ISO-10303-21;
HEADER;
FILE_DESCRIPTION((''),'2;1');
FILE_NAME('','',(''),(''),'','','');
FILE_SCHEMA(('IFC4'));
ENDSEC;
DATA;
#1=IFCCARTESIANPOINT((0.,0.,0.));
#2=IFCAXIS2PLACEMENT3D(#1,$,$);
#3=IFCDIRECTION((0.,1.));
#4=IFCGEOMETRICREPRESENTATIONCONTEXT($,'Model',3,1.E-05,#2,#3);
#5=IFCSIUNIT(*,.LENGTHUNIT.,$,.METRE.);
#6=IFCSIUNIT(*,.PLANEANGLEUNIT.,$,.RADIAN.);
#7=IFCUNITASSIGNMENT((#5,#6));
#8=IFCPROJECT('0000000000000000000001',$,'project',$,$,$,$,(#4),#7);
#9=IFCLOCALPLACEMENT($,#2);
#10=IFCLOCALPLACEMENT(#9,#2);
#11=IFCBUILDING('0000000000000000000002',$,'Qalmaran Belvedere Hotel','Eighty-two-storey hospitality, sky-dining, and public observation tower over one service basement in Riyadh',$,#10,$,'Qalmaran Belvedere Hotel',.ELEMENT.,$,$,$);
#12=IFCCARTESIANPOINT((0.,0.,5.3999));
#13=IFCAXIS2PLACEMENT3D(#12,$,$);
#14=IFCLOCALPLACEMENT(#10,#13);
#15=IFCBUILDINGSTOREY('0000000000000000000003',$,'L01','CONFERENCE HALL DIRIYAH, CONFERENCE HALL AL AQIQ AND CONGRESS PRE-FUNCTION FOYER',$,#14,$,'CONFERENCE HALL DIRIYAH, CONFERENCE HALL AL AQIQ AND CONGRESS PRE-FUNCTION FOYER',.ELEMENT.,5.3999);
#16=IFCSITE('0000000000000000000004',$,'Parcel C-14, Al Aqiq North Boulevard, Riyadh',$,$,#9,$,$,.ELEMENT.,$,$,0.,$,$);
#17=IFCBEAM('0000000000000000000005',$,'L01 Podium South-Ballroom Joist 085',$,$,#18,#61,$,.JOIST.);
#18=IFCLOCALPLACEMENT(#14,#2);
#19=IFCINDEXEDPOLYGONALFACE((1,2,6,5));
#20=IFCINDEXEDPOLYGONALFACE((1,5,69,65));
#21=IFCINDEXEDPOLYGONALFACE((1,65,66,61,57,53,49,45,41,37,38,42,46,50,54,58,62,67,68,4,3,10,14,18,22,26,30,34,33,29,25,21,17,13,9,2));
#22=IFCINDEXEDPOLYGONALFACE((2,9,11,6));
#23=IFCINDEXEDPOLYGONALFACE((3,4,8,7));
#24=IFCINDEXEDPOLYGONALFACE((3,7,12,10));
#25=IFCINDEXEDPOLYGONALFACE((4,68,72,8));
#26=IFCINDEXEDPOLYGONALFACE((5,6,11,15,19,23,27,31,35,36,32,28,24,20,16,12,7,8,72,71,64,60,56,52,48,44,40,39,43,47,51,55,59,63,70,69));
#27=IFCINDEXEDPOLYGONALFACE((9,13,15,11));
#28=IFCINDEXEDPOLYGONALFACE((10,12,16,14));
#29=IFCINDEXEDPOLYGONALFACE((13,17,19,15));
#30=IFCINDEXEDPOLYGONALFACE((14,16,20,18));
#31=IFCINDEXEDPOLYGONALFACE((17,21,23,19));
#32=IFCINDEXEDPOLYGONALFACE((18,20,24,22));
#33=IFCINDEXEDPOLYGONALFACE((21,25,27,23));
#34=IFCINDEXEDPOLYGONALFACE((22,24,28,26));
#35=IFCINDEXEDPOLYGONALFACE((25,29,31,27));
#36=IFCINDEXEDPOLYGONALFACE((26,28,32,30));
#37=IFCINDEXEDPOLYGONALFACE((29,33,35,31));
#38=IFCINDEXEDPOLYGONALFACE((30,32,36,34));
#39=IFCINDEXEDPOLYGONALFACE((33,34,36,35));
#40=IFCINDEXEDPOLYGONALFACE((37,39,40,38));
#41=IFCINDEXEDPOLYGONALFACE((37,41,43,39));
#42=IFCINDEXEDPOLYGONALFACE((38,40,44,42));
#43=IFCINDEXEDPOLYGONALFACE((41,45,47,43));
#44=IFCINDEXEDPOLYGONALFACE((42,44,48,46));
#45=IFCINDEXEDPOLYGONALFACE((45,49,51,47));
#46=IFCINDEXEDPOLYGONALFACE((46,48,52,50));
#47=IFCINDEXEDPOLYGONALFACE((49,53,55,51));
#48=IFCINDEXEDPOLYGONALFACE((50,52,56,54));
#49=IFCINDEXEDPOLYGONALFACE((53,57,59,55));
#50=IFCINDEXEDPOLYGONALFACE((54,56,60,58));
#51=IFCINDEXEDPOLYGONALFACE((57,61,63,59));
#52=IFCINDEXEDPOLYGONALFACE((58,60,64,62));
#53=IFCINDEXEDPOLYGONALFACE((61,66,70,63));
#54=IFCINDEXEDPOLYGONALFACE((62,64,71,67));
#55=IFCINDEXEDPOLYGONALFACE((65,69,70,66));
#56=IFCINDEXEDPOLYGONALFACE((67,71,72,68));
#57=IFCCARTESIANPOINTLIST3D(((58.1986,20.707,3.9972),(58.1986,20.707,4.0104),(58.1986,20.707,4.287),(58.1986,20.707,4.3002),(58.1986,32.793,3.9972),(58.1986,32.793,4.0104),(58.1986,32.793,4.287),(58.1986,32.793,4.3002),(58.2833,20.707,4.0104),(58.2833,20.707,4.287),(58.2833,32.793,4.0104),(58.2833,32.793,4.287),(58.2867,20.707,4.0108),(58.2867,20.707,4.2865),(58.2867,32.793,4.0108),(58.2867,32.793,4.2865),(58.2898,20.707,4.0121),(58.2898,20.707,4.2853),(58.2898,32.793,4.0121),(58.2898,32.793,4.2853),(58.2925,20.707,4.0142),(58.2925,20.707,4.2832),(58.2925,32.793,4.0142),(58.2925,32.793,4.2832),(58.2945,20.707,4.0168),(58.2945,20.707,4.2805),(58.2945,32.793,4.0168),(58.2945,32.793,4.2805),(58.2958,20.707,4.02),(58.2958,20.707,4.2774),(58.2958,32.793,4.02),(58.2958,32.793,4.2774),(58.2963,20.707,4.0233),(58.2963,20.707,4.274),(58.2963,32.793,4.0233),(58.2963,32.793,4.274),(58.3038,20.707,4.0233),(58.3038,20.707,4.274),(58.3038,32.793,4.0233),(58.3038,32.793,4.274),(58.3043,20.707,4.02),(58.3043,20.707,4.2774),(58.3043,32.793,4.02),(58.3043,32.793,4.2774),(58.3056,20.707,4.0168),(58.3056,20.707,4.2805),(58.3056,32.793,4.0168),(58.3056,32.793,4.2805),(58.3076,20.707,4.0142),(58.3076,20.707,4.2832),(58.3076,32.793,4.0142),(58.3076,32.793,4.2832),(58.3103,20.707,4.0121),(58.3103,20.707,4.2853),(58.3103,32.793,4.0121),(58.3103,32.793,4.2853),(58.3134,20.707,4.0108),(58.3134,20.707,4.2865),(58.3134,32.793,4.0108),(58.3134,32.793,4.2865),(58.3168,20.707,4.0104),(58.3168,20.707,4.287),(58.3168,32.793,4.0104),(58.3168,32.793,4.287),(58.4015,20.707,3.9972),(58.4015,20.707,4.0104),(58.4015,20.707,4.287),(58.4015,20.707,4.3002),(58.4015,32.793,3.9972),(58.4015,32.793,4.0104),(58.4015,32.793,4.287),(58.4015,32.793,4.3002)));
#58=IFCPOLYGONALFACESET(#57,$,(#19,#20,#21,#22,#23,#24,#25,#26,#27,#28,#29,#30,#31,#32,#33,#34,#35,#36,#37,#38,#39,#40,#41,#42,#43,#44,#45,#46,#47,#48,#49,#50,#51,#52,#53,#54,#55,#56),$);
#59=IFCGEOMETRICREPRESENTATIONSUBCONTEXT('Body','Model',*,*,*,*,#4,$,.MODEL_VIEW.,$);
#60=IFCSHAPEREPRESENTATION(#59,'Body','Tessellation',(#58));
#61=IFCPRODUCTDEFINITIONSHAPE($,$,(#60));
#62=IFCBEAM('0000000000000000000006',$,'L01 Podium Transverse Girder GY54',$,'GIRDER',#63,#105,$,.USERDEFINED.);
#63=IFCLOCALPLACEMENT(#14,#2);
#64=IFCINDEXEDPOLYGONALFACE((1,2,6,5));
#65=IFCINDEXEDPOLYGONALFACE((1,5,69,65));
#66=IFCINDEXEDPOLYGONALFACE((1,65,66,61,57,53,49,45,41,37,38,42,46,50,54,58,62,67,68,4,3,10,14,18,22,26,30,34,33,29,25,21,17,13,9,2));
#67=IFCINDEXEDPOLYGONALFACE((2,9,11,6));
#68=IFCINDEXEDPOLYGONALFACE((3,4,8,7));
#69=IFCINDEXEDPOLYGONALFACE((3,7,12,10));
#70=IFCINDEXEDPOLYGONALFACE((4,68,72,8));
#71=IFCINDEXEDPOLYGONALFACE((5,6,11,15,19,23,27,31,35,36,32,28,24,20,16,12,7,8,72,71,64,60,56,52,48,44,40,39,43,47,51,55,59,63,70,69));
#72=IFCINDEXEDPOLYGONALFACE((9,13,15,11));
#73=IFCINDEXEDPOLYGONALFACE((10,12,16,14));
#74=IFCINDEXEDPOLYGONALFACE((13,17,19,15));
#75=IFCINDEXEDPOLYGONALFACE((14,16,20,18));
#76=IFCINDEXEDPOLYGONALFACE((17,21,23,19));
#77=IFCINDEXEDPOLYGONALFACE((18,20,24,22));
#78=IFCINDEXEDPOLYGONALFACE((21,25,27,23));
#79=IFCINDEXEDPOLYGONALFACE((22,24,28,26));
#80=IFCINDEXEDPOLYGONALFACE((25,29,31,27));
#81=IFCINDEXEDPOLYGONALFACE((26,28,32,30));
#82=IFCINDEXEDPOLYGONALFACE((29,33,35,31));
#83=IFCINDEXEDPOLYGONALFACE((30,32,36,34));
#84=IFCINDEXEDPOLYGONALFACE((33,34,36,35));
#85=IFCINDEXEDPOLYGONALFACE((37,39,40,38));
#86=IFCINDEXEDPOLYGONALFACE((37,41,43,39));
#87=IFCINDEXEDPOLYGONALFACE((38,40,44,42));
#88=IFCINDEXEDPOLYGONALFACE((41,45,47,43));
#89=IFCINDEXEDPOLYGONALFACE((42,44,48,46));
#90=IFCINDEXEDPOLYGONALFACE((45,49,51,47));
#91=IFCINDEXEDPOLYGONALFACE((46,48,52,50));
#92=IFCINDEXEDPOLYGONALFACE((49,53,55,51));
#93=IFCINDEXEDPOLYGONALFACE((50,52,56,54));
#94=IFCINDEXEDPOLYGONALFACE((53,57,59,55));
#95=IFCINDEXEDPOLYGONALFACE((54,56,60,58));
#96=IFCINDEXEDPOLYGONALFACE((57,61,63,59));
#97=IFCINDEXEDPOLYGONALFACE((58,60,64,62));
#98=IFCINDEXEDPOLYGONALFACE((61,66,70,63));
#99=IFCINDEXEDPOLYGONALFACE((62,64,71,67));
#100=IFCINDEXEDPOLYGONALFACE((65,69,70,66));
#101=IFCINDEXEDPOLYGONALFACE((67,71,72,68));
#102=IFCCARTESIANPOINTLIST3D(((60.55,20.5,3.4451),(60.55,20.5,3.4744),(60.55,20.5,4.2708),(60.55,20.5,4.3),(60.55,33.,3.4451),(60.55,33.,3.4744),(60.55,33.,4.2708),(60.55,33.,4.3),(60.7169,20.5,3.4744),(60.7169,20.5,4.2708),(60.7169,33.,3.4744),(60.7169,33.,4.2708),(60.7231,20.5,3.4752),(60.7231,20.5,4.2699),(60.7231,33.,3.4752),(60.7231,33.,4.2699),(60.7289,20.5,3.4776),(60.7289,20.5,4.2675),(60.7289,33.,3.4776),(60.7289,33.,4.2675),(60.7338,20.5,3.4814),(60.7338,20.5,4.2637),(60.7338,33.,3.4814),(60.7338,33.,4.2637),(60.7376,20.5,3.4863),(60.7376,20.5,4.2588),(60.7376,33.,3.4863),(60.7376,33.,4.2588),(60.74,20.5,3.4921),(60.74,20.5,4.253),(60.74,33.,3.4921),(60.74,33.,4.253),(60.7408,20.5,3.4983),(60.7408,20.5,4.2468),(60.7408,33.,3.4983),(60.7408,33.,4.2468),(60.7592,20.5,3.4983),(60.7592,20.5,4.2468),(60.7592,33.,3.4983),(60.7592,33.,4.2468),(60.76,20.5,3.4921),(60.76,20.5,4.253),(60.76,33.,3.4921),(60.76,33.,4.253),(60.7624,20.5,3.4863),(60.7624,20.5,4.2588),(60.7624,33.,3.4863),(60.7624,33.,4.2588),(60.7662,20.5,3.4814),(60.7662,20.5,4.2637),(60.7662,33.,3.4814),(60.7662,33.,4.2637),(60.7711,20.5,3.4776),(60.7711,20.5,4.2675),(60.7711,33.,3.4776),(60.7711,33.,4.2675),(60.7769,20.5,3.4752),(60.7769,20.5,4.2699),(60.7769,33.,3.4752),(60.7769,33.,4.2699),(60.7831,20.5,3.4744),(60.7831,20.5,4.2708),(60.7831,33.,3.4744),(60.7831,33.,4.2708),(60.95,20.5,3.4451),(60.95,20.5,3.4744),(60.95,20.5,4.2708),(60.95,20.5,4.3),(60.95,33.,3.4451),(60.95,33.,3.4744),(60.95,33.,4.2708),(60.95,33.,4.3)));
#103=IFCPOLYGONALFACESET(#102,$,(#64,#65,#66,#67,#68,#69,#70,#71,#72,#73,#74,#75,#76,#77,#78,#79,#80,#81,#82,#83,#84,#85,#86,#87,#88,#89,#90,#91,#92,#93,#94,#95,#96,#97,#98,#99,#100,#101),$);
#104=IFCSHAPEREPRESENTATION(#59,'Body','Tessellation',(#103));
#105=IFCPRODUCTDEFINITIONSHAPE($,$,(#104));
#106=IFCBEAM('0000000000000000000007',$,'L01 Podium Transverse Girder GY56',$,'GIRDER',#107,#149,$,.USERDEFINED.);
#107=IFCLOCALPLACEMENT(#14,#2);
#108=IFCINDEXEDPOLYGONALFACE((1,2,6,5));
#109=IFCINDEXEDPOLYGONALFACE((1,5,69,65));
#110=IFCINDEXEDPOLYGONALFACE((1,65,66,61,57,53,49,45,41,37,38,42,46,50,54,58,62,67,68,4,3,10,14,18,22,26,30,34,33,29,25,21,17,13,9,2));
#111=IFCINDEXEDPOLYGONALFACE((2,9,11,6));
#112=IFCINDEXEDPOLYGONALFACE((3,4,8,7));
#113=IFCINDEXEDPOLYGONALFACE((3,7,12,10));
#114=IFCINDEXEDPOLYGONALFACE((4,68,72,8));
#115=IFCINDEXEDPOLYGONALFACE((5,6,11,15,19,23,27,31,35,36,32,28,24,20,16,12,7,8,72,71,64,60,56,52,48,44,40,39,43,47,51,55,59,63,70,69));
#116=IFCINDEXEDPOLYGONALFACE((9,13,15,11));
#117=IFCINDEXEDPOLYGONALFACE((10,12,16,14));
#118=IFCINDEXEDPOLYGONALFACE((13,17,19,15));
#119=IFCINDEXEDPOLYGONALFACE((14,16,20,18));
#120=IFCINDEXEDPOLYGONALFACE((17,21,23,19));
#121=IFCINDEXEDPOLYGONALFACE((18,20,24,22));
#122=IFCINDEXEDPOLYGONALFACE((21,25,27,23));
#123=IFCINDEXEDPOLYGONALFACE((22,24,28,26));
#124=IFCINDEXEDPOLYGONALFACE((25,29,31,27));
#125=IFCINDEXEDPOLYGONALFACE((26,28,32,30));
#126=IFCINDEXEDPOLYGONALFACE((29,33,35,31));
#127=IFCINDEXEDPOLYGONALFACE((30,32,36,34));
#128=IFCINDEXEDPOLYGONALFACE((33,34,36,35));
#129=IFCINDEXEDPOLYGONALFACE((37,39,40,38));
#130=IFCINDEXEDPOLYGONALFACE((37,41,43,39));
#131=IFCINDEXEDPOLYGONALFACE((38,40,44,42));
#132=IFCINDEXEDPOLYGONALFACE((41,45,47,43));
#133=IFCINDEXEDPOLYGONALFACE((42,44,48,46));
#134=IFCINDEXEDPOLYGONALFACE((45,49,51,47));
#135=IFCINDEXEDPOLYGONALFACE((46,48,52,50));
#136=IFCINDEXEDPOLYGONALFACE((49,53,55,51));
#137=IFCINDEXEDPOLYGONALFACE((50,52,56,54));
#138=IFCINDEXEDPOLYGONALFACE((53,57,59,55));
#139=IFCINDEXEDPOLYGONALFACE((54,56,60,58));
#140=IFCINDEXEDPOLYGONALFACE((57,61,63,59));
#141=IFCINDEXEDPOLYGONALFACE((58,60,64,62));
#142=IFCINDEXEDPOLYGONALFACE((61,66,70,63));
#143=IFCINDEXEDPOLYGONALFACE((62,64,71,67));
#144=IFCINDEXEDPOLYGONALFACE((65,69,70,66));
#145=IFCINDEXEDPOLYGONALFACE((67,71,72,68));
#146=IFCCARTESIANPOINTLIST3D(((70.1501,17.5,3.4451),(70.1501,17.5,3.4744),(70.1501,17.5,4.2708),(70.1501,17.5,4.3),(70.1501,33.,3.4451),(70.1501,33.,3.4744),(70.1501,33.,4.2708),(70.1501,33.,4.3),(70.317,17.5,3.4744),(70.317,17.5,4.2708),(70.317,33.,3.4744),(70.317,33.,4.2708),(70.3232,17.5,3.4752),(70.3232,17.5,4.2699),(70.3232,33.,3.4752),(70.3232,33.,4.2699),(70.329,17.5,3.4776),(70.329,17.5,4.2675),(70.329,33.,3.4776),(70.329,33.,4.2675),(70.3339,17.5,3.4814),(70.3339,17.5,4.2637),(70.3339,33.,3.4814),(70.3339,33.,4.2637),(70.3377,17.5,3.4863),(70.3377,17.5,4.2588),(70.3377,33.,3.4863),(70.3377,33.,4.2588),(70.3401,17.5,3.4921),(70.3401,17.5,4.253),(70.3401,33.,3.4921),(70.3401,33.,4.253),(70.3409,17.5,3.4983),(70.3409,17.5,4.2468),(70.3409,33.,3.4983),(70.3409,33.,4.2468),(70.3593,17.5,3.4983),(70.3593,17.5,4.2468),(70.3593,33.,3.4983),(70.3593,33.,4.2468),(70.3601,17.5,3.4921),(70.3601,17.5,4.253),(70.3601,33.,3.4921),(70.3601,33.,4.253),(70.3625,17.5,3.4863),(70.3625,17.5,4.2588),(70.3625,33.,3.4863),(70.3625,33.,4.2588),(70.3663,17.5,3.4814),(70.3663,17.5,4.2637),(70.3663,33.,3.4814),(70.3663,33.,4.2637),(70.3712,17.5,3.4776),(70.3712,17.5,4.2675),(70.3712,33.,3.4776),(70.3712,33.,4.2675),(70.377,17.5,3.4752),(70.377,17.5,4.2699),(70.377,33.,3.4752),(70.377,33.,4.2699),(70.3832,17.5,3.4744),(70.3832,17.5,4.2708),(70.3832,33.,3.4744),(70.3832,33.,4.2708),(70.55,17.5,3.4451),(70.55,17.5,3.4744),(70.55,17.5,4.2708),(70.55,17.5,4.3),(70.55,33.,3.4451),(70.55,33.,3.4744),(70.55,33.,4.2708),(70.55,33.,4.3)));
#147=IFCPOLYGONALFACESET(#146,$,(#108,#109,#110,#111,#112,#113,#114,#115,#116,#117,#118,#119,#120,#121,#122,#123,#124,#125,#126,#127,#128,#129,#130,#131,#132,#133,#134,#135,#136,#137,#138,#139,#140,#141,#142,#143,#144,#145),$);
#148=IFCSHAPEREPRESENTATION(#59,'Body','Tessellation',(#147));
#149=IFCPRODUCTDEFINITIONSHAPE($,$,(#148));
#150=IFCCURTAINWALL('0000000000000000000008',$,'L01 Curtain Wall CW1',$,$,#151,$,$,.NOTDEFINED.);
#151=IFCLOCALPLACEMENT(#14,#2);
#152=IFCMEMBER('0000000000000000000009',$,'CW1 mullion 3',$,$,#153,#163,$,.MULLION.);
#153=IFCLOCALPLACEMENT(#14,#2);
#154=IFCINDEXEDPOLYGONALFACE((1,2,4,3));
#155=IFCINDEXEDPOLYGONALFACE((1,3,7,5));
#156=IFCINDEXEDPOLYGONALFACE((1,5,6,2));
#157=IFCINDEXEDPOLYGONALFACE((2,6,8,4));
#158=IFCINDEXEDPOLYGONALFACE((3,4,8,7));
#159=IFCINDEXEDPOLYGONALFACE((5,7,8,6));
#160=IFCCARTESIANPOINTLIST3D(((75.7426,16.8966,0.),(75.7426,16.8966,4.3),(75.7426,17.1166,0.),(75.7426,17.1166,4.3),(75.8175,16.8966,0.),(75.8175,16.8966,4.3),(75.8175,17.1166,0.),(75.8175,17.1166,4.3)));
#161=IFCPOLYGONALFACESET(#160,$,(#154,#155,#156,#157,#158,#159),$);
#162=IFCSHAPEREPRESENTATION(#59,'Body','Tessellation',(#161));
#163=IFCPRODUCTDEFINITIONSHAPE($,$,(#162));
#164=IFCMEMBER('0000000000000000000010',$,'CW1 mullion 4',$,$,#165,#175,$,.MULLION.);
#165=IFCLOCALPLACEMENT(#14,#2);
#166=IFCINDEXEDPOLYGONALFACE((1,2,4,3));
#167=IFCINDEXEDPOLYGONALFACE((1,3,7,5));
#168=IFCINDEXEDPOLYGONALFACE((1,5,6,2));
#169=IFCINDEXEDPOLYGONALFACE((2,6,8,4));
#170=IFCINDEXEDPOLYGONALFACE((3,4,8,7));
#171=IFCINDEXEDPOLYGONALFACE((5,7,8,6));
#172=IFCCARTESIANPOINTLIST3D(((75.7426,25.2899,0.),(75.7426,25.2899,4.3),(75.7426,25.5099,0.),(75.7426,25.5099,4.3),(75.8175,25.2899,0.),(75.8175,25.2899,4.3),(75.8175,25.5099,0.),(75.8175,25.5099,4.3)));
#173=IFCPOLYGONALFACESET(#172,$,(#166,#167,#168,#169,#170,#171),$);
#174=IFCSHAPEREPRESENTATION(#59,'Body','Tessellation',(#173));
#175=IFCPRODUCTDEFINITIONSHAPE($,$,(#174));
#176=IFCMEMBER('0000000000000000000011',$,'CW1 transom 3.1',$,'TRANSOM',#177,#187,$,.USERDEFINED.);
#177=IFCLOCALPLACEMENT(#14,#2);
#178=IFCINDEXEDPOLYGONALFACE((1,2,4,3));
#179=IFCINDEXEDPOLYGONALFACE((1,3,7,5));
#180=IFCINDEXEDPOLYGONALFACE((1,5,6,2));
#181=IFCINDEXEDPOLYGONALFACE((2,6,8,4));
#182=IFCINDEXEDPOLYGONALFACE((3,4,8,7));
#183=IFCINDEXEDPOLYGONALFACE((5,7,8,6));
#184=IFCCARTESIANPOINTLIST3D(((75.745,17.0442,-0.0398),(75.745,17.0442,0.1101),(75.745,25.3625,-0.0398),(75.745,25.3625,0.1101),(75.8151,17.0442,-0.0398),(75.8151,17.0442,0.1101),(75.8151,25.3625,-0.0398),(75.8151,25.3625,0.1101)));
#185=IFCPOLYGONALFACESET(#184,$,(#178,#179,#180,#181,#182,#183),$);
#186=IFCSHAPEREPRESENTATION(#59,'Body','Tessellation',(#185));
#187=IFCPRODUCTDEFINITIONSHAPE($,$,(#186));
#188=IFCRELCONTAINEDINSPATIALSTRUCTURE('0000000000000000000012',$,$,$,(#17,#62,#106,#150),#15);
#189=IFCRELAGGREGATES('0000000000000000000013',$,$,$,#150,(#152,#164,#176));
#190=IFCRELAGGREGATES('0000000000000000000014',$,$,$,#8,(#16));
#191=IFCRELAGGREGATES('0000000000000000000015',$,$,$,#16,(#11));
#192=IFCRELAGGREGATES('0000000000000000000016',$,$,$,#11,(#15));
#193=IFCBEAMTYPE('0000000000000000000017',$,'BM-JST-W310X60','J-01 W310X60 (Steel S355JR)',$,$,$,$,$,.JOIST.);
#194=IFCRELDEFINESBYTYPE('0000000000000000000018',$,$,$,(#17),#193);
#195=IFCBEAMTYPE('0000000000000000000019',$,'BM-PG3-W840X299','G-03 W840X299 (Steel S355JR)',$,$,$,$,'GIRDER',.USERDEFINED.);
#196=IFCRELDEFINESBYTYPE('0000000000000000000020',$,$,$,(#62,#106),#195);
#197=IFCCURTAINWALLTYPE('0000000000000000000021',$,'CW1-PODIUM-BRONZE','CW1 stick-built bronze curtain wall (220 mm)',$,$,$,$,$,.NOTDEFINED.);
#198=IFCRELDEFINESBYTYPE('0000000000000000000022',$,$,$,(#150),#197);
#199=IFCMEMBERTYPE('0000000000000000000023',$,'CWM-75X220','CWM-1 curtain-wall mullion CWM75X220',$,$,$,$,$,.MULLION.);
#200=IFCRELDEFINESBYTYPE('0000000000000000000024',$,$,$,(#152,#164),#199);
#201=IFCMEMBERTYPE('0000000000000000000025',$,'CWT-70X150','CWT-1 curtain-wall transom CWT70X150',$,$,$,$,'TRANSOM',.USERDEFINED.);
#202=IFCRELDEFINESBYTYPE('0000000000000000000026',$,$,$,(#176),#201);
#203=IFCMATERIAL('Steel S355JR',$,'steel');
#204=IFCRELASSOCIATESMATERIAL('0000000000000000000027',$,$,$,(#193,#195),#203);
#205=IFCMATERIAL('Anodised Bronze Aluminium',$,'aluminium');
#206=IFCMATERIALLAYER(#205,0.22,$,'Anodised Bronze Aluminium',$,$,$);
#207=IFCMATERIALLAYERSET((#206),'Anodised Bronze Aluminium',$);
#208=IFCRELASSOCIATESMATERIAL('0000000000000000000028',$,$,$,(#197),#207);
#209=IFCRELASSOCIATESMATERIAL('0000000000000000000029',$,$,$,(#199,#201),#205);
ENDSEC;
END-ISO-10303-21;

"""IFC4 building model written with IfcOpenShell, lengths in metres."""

from ifc_helpers import new_model, si_unit, direction, frame, origin, origin_2d, place, context, subcontext, project, spatial, rectangle, i_section, extrude, material, layer, layer_set, material_profile, profile_set, type_object, element, aggregate, save


model = new_model("IFC4")

# Units and contexts
model_context = context("Model", 3, precision=1e-05, world=origin(), true_north=direction((0.0, 1.0)))
body_context = subcontext(model_context, "Body", "Model", "MODEL_VIEW")
ifc_project = project(units=[si_unit("LENGTHUNIT", "METRE"), si_unit("PLANEANGLEUNIT", "RADIAN")], contexts=[model_context])

# Site, building, storey
site_placement = place(None, origin())
site = spatial("IfcSite", under=ifc_project, at=site_placement, Name="Parcel C-14, Al Aqiq North Boulevard, Riyadh", CompositionType="ELEMENT", RefElevation=0.0)
building_placement = place(site_placement, origin())
building = spatial("IfcBuilding", under=site, at=building_placement, Name="Qalmaran Belvedere Hotel", Description="Eighty-two-storey hospitality, sky-dining, and public observation tower over one service basement in Riyadh", LongName="Qalmaran Belvedere Hotel", CompositionType="ELEMENT")
storey_placement = place(building_placement, frame((0.0, 0.0, 5.3999)))
storey = spatial("IfcBuildingStorey", under=building, at=storey_placement, Name="L01", Description="CONFERENCE HALL DIRIYAH, CONFERENCE HALL AL AQIQ AND CONGRESS PRE-FUNCTION FOYER", LongName="CONFERENCE HALL DIRIYAH, CONFERENCE HALL AL AQIQ AND CONGRESS PRE-FUNCTION FOYER", CompositionType="ELEMENT", Elevation=5.3999)

# Beams
ifc_material_1 = material(Name="Steel S355JR", Category="steel")
ifc_material_profile_1 = material_profile(ifc_material_1, i_section(OverallWidth=0.2029, OverallDepth=0.303, WebThickness=0.0076, FlangeThickness=0.0132, FilletRadius=0.0129, at=origin_2d()), Name="W310X60")
ifc_profile_set_1 = profile_set([ifc_material_profile_1], Name="Steel S355JR")
beam_type_1 = type_object("IfcBeamType", Name="BM-JST-W310X60", Description="J-01 W310X60 (Steel S355JR)", PredefinedType="JOIST", material=ifc_profile_set_1)
for number, where, z_axis, x_axis, name in (
    (1, (58.3, 20.707, 4.1487), (0.0, 1.0, 0.0), (-1.0, 0.0, 0.0), "L01 Podium South-Ballroom Joist 085"),
):
    element("IfcBeam", number, at=place(storey_placement, frame(where, z_axis=z_axis, x_axis=x_axis)), inside=storey, type_object=beam_type_1, Name=name, PredefinedType="JOIST", context=body_context, shape_type="SweptSolid", body=[
        extrude(i_section(OverallWidth=0.2029, OverallDepth=0.303, WebThickness=0.0076, FlangeThickness=0.0132, FilletRadius=0.0129, at=origin_2d()), origin(), (0.0, 0.0, 1.0), 12.0859),
    ])
ifc_material_profile_2 = material_profile(ifc_material_1, i_section(OverallWidth=0.3999, OverallDepth=0.855, WebThickness=0.0183, FlangeThickness=0.0293, FilletRadius=0.0239, at=origin_2d()), Name="W840X299")
ifc_profile_set_2 = profile_set([ifc_material_profile_2], Name="Steel S355JR")
beam_type_2 = type_object("IfcBeamType", Name="BM-PG3-W840X299", Description="G-03 W840X299 (Steel S355JR)", ElementType="GIRDER", PredefinedType="USERDEFINED", material=ifc_profile_set_2)
beam_1_placement = place(storey_placement, frame((60.75, 20.5, 3.8726), z_axis=(0.0, 1.0, 0.0), x_axis=(-1.0, 0.0, 0.0)))
element("IfcBeam", 2, at=beam_1_placement, inside=storey, type_object=beam_type_2, Name="L01 Podium Transverse Girder GY54", ObjectType="GIRDER", PredefinedType="USERDEFINED", context=body_context, shape_type="SweptSolid", body=[
    extrude(i_section(OverallWidth=0.3999, OverallDepth=0.855, WebThickness=0.0183, FlangeThickness=0.0293, FilletRadius=0.0239, at=origin_2d()), origin(), (0.0, 0.0, 1.0), 12.5),
])
beam_2_placement = place(storey_placement, frame((70.3501, 17.5, 3.8726), z_axis=(0.0, 1.0, 0.0), x_axis=(-1.0, 0.0, 0.0)))
element("IfcBeam", 3, at=beam_2_placement, inside=storey, type_object=beam_type_2, Name="L01 Podium Transverse Girder GY56", ObjectType="GIRDER", PredefinedType="USERDEFINED", context=body_context, shape_type="SweptSolid", body=[
    extrude(i_section(OverallWidth=0.3999, OverallDepth=0.855, WebThickness=0.0183, FlangeThickness=0.0293, FilletRadius=0.0239, at=origin_2d()), origin(), (0.0, 0.0, 1.0), 15.5),
])

# Curtain wall, members
ifc_material_2 = material(Name="Anodised Bronze Aluminium", Category="aluminium")
ifc_layer_1 = layer(ifc_material_2, 0.22, Name="Anodised Bronze Aluminium")
ifc_layer_set_1 = layer_set([ifc_layer_1], Name="Anodised Bronze Aluminium")
curtain_wall_type = type_object("IfcCurtainWallType", Name="CW1-PODIUM-BRONZE", Description="CW1 stick-built bronze curtain wall (220 mm)", PredefinedType="NOTDEFINED", material=ifc_layer_set_1)
curtain_wall_placement = place(storey_placement, origin())
curtain_wall = element("IfcCurtainWall", 4, at=curtain_wall_placement, inside=storey, type_object=curtain_wall_type, Name="L01 Curtain Wall CW1", PredefinedType="NOTDEFINED")
ifc_material_profile_3 = material_profile(ifc_material_2, rectangle(XDim=0.075, YDim=0.22, at=origin_2d()), Name="CWM75X220")
ifc_profile_set_3 = profile_set([ifc_material_profile_3], Name="Anodised Bronze Aluminium")
member_type_1 = type_object("IfcMemberType", Name="CWM-75X220", Description="CWM-1 curtain-wall mullion CWM75X220", PredefinedType="MULLION", material=ifc_profile_set_3)
member_1_placement = place(storey_placement, frame((75.78, 17.0066, 0.0), z_axis=(0.0, 0.0, 1.0), x_axis=(-1.0, 0.0, 0.0)))
member_1 = element("IfcMember", 5, at=member_1_placement, type_object=member_type_1, Name="CW1 mullion 3", PredefinedType="MULLION", context=body_context, shape_type="SweptSolid", body=[
    extrude(rectangle(XDim=0.075, YDim=0.22, at=origin_2d()), origin(), (0.0, 0.0, 1.0), 4.3),
])
member_2_placement = place(storey_placement, frame((75.78, 25.3999, 0.0), z_axis=(0.0, 0.0, 1.0), x_axis=(-1.0, 0.0, 0.0)))
member_2 = element("IfcMember", 6, at=member_2_placement, type_object=member_type_1, Name="CW1 mullion 4", PredefinedType="MULLION", context=body_context, shape_type="SweptSolid", body=[
    extrude(rectangle(XDim=0.075, YDim=0.22, at=origin_2d()), origin(), (0.0, 0.0, 1.0), 4.3),
])
ifc_material_profile_4 = material_profile(ifc_material_2, rectangle(XDim=0.0701, YDim=0.1499, at=origin_2d()), Name="CWT70X150")
ifc_profile_set_4 = profile_set([ifc_material_profile_4], Name="Anodised Bronze Aluminium")
member_type_2 = type_object("IfcMemberType", Name="CWT-70X150", Description="CWT-1 curtain-wall transom CWT70X150", ElementType="TRANSOM", PredefinedType="USERDEFINED", material=ifc_profile_set_4)
member_3_placement = place(storey_placement, frame((75.78, 17.0442, 0.0352), z_axis=(0.0, 1.0, 0.0), x_axis=(-1.0, 0.0, 0.0)))
member_3 = element("IfcMember", 7, at=member_3_placement, type_object=member_type_2, Name="CW1 transom 3.1", ObjectType="TRANSOM", PredefinedType="USERDEFINED", context=body_context, shape_type="SweptSolid", body=[
    extrude(rectangle(XDim=0.0701, YDim=0.1499, at=origin_2d()), origin(), (0.0, 0.0, 1.0), 8.3184),
])
aggregate(curtain_wall, [member_1, member_2, member_3])

save(model, "model.ifc")
